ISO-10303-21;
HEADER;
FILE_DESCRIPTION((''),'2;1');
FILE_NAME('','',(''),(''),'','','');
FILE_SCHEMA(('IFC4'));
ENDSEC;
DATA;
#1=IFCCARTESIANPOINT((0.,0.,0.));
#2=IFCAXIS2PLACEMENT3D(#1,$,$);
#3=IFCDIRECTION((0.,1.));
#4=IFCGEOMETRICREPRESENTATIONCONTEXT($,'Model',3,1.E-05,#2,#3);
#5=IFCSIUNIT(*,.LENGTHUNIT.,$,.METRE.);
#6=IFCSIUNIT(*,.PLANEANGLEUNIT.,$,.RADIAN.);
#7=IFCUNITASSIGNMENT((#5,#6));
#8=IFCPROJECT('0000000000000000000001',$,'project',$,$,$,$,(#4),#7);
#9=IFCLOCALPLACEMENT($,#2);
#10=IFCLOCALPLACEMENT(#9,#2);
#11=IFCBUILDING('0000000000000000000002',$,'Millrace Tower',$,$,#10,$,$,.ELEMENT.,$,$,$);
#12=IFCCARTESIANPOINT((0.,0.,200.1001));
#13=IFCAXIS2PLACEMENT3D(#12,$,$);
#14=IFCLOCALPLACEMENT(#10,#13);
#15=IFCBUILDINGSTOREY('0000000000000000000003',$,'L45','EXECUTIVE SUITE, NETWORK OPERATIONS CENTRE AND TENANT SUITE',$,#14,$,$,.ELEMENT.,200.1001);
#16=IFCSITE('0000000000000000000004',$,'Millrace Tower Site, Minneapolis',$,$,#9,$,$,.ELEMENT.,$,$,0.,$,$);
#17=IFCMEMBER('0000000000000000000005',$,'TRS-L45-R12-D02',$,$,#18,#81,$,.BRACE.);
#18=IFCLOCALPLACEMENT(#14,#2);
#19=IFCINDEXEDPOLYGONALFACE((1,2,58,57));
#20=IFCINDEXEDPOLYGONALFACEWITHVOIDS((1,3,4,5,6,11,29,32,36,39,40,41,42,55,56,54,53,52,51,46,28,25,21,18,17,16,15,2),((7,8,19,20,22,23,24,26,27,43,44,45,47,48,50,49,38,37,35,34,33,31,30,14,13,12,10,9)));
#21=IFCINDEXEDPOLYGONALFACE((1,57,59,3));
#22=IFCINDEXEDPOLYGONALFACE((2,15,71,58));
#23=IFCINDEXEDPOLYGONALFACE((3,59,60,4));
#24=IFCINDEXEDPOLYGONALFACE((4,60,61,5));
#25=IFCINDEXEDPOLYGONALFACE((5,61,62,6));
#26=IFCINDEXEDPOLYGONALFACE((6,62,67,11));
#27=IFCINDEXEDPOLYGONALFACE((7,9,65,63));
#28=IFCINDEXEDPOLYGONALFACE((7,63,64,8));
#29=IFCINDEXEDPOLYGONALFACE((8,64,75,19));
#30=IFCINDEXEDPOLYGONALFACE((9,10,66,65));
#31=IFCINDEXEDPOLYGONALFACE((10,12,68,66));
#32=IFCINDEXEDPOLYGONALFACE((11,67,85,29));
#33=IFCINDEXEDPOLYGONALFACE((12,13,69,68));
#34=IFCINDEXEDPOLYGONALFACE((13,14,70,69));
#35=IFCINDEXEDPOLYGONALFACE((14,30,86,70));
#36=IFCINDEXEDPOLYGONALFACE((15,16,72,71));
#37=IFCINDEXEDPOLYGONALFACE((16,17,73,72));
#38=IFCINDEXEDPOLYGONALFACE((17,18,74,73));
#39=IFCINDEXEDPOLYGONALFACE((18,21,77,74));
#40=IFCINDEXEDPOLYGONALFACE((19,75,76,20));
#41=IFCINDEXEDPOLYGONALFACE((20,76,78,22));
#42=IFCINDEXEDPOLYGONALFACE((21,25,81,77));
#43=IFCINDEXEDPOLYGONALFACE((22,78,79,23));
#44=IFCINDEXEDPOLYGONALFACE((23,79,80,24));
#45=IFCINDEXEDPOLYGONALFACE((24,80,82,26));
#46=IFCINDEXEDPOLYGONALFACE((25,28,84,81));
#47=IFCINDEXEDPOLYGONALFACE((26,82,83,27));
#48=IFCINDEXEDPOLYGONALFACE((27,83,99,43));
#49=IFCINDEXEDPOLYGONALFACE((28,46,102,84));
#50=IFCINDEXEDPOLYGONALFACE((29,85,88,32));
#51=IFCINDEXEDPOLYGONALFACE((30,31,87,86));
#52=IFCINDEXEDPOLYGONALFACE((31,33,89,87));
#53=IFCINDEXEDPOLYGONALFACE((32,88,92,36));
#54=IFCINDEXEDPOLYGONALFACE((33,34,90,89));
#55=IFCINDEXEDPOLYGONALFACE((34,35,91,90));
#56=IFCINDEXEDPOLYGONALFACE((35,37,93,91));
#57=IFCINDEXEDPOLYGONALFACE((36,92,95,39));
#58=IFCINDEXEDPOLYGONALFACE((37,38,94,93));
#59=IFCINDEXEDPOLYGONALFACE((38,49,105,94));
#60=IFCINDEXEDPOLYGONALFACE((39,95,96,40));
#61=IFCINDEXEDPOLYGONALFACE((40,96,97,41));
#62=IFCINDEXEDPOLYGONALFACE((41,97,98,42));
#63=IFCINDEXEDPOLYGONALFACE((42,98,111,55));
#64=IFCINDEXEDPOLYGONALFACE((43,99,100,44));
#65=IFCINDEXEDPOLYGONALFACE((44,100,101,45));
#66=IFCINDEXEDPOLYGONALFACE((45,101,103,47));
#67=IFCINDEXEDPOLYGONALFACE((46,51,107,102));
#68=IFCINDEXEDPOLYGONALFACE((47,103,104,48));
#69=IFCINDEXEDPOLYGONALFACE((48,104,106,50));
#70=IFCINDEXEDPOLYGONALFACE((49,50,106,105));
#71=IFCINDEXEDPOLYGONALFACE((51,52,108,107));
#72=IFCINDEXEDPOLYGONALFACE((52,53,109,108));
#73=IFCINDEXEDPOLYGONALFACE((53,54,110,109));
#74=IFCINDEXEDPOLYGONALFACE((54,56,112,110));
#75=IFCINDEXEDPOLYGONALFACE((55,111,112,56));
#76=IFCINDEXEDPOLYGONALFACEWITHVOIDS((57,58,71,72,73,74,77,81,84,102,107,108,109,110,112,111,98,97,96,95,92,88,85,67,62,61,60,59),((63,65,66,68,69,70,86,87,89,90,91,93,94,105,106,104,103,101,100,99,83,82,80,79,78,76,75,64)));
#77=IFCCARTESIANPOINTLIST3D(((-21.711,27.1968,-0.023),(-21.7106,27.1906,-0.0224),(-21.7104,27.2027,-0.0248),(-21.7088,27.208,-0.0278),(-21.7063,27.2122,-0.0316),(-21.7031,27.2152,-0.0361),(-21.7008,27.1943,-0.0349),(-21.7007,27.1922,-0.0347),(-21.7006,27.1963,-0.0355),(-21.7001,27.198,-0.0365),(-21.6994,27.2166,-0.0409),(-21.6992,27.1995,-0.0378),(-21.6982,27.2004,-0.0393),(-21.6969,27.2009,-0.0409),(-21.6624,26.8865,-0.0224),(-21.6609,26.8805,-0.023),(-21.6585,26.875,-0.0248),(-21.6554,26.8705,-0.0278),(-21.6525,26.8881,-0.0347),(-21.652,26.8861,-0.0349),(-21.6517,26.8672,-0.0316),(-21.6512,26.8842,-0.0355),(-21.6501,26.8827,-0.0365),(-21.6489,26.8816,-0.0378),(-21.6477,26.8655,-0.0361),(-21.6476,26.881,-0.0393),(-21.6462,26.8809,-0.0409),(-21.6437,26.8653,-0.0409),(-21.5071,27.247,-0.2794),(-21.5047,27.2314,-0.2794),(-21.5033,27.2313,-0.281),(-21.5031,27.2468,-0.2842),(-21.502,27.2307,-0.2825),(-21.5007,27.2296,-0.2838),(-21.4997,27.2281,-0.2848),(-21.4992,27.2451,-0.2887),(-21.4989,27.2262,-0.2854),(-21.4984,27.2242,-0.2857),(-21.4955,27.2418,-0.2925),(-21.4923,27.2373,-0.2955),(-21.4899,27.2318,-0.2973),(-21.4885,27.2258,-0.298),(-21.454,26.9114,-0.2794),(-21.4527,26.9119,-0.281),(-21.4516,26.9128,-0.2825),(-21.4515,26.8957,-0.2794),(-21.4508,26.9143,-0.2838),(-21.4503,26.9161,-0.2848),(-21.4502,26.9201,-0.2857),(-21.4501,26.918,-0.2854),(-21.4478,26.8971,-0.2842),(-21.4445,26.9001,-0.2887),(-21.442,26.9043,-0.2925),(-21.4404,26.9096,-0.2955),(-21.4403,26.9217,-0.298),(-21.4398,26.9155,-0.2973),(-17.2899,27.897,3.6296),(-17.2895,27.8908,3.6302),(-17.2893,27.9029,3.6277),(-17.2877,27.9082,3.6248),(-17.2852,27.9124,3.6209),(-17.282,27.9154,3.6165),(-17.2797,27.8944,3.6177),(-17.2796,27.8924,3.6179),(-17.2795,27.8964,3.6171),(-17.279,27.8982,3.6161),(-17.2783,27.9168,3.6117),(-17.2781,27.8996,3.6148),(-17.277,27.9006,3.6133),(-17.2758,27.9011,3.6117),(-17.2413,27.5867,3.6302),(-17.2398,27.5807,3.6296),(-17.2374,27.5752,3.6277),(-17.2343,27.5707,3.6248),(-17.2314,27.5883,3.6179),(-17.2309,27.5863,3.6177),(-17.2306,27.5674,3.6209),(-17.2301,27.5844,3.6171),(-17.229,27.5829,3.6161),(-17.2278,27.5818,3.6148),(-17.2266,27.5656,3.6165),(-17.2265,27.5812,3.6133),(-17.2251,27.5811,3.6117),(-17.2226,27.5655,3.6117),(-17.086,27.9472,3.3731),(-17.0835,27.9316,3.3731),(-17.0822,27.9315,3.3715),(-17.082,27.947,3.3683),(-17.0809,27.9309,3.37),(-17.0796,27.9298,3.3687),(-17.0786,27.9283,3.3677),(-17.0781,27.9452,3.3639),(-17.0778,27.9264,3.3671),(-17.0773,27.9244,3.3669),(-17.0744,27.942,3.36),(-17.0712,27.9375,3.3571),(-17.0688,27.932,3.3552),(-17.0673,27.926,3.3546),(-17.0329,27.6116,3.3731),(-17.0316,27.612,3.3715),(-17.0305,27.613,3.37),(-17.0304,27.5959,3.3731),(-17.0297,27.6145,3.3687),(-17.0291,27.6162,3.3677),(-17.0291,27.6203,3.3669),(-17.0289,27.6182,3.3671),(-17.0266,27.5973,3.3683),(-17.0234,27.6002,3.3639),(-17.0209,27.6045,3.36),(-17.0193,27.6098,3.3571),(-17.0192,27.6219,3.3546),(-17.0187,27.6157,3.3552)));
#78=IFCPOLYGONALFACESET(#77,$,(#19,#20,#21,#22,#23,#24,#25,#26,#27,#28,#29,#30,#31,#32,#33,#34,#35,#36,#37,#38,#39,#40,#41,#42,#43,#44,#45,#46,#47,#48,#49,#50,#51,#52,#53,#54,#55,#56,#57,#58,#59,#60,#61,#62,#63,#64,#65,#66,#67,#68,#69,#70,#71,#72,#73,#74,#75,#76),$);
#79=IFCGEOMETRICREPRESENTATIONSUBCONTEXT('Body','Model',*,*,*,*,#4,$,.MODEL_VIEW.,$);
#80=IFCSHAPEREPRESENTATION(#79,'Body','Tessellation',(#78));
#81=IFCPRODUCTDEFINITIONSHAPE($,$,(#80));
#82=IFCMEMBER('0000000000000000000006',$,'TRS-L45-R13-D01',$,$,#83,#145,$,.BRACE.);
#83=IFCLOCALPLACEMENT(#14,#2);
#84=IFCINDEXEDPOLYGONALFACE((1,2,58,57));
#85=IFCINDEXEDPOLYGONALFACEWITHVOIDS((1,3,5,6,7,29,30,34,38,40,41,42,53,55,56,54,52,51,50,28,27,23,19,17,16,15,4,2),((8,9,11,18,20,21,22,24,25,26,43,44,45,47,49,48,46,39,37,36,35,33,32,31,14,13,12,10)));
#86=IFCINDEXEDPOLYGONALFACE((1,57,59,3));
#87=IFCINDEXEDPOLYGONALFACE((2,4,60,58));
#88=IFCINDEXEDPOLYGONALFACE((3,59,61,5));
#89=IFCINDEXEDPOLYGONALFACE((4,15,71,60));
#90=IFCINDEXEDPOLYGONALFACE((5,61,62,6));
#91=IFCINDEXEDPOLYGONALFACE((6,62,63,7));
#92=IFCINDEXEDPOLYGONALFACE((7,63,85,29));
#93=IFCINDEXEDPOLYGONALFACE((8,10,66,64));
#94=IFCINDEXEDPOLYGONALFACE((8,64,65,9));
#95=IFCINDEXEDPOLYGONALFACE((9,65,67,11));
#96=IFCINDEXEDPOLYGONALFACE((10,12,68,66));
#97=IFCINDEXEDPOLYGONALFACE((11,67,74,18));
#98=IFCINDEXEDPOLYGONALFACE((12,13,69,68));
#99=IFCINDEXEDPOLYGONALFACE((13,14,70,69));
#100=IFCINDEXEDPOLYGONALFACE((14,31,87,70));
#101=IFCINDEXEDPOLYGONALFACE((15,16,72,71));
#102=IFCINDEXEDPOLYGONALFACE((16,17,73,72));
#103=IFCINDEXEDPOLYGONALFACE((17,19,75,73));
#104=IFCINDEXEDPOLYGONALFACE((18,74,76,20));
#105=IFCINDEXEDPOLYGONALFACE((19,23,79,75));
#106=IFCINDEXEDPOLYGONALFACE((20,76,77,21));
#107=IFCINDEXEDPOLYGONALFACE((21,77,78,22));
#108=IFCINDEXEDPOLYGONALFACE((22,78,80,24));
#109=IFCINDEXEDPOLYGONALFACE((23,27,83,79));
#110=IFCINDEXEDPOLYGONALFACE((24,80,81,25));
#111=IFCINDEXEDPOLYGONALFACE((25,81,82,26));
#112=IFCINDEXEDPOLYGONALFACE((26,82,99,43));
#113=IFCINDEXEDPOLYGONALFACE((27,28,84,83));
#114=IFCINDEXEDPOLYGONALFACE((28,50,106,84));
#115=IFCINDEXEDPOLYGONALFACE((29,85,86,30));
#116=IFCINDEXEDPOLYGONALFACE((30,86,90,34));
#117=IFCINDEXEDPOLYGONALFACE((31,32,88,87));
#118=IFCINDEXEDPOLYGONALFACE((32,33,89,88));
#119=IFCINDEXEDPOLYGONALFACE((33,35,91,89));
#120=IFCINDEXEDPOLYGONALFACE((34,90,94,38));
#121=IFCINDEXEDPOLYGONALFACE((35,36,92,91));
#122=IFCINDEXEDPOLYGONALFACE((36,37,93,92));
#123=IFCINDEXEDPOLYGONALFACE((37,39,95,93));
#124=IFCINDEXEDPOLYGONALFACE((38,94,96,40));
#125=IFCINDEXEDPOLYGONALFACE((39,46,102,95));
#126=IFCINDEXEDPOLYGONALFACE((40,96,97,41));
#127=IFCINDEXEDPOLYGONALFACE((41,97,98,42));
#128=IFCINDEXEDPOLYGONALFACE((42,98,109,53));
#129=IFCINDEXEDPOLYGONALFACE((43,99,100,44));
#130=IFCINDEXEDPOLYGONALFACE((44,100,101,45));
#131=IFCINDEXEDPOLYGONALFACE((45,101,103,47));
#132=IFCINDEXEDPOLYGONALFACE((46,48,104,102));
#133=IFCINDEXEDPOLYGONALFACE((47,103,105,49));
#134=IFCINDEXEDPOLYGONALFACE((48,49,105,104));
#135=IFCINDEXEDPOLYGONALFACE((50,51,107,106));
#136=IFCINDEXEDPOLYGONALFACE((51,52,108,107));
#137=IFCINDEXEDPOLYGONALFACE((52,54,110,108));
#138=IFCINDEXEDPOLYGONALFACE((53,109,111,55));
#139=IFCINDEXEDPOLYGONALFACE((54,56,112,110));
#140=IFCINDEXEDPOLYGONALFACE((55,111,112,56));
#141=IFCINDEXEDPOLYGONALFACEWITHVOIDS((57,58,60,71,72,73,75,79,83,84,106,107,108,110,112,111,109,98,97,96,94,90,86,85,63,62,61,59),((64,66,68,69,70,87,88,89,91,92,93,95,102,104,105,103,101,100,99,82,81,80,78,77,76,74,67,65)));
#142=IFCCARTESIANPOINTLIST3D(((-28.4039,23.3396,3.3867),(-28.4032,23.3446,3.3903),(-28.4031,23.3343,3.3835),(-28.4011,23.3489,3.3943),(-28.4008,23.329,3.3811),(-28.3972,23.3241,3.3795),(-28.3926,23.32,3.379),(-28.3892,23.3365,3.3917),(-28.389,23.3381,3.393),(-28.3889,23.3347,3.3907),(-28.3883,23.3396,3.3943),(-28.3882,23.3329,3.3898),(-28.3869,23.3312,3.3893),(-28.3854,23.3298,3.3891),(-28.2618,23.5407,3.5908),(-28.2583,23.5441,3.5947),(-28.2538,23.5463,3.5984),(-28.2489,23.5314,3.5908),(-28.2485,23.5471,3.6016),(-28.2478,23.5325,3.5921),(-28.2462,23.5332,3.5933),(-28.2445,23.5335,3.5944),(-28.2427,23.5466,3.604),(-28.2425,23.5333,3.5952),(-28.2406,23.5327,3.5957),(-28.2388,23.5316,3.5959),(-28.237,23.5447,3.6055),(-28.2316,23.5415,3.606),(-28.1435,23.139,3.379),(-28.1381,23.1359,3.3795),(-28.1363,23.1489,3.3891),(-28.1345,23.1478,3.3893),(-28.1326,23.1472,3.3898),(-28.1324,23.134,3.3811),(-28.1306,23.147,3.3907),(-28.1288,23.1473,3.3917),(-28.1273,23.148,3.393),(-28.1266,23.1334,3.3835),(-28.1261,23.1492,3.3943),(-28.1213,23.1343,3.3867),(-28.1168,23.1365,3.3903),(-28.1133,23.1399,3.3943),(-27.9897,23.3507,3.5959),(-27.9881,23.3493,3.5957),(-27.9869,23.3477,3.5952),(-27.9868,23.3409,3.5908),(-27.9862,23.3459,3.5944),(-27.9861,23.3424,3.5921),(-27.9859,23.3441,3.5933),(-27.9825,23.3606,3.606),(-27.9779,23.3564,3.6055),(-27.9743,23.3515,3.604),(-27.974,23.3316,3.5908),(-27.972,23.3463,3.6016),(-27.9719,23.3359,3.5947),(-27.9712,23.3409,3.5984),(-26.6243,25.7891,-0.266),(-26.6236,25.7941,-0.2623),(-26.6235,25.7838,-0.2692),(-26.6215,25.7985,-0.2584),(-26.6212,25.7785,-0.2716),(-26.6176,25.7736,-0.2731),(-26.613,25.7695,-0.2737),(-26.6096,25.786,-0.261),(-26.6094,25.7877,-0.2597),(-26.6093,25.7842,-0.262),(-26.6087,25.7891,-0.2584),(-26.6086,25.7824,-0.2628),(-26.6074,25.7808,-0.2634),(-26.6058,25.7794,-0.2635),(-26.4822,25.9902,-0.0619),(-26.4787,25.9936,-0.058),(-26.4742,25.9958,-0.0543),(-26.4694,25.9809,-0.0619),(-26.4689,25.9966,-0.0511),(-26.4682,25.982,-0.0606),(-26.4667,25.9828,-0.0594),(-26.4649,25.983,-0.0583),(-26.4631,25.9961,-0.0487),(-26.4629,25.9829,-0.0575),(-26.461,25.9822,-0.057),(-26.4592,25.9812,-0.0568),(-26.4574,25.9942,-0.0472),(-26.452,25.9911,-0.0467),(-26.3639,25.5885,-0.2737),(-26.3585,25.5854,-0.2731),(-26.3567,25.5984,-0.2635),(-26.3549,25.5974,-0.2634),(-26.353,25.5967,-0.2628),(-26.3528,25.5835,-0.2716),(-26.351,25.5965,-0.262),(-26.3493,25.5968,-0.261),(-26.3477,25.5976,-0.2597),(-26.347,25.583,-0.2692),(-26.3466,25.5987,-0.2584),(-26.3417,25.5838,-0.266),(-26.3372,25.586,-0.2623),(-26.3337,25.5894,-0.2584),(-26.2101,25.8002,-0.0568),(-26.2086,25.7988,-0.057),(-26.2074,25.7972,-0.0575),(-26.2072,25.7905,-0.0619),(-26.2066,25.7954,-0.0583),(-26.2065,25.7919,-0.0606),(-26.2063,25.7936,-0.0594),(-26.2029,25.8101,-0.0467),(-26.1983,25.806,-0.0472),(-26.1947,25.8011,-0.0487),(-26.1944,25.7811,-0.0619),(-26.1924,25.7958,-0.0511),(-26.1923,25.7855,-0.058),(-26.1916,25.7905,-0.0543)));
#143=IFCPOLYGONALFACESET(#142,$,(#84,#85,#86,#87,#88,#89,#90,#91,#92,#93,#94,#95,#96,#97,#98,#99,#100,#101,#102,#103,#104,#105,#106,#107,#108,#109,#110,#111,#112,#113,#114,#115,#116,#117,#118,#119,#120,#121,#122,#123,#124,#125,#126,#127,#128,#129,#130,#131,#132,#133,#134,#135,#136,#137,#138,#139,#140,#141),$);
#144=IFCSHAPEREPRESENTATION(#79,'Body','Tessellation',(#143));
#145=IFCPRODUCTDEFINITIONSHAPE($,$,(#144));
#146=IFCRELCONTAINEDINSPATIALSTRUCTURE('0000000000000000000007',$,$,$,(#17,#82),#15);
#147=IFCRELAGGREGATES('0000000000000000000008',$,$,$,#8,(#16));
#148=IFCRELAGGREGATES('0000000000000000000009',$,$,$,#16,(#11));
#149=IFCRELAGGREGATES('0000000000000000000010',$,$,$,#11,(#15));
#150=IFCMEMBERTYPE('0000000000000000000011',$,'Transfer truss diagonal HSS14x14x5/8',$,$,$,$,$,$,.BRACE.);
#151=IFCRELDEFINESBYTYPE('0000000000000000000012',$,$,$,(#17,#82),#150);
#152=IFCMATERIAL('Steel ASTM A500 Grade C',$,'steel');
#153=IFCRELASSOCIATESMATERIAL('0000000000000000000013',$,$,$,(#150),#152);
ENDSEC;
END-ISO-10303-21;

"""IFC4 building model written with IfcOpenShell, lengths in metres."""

from ifc_helpers import new_model, si_unit, direction, frame, origin, origin_2d, place, context, subcontext, project, spatial, hollow_rectangle, extrude, material, material_profile, profile_set, type_object, element, save


model = new_model("IFC4")

# Units and contexts
model_context = context("Model", 3, precision=1e-05, world=origin(), true_north=direction((0.0, 1.0)))
body_context = subcontext(model_context, "Body", "Model", "MODEL_VIEW")
ifc_project = project(units=[si_unit("LENGTHUNIT", "METRE"), si_unit("PLANEANGLEUNIT", "RADIAN")], contexts=[model_context])

# Site, building, storey
site_placement = place(None, origin())
site = spatial("IfcSite", under=ifc_project, at=site_placement, Name="Millrace Tower Site, Minneapolis", CompositionType="ELEMENT", RefElevation=0.0)
building_placement = place(site_placement, origin())
building = spatial("IfcBuilding", under=site, at=building_placement, Name="Millrace Tower", CompositionType="ELEMENT")
storey_placement = place(building_placement, frame((0.0, 0.0, 200.1001)))
storey = spatial("IfcBuildingStorey", under=building, at=storey_placement, Name="L45", Description="EXECUTIVE SUITE, NETWORK OPERATIONS CENTRE AND TENANT SUITE", CompositionType="ELEMENT", Elevation=200.1001)

# Members
ifc_material_1 = material(Name="Steel ASTM A500 Grade C", Category="steel")
ifc_material_profile_1 = material_profile(ifc_material_1, hollow_rectangle(XDim=0.3557, YDim=0.3557, WallThickness=0.0159, InnerFilletRadius=0.0081, OuterFilletRadius=0.0239, at=origin_2d()))
ifc_profile_set_1 = profile_set([ifc_material_profile_1], Name="Steel ASTM A500 Grade C")
member_type_1 = type_object("IfcMemberType", Name="Transfer truss diagonal HSS14x14x5/8", PredefinedType="BRACE", material=ifc_profile_set_1)
member_1_placement = place(storey_placement, frame((-21.5754, 27.0562, -0.1602), z_axis=(0.76525, 0.121196, 0.632222), x_axis=(-0.156425, 0.98769, 0.0)))
element("IfcMember", 1, at=member_1_placement, inside=storey, type_object=member_type_1, Name="TRS-L45-R12-D02", PredefinedType="BRACE", context=body_context, shape_type="SweptSolid", body=[
    extrude(hollow_rectangle(XDim=0.3557, YDim=0.3557, WallThickness=0.0159, InnerFilletRadius=0.0081, OuterFilletRadius=0.0239, at=origin_2d()), origin(), (0.0, 0.0, 1.0), 5.7773),
])
member_2_placement = place(storey_placement, frame((-26.408, 25.7898, -0.1602), z_axis=(-0.375093, -0.5163, 0.769896), x_axis=(0.809032, -0.587764, 0.0)))
element("IfcMember", 2, at=member_2_placement, inside=storey, type_object=member_type_1, Name="TRS-L45-R13-D01", PredefinedType="BRACE", context=body_context, shape_type="SweptSolid", body=[
    extrude(hollow_rectangle(XDim=0.3557, YDim=0.3557, WallThickness=0.0159, InnerFilletRadius=0.0081, OuterFilletRadius=0.0239, at=origin_2d()), origin(), (0.0, 0.0, 1.0), 4.7444),
])

save(model, "model.ifc")
